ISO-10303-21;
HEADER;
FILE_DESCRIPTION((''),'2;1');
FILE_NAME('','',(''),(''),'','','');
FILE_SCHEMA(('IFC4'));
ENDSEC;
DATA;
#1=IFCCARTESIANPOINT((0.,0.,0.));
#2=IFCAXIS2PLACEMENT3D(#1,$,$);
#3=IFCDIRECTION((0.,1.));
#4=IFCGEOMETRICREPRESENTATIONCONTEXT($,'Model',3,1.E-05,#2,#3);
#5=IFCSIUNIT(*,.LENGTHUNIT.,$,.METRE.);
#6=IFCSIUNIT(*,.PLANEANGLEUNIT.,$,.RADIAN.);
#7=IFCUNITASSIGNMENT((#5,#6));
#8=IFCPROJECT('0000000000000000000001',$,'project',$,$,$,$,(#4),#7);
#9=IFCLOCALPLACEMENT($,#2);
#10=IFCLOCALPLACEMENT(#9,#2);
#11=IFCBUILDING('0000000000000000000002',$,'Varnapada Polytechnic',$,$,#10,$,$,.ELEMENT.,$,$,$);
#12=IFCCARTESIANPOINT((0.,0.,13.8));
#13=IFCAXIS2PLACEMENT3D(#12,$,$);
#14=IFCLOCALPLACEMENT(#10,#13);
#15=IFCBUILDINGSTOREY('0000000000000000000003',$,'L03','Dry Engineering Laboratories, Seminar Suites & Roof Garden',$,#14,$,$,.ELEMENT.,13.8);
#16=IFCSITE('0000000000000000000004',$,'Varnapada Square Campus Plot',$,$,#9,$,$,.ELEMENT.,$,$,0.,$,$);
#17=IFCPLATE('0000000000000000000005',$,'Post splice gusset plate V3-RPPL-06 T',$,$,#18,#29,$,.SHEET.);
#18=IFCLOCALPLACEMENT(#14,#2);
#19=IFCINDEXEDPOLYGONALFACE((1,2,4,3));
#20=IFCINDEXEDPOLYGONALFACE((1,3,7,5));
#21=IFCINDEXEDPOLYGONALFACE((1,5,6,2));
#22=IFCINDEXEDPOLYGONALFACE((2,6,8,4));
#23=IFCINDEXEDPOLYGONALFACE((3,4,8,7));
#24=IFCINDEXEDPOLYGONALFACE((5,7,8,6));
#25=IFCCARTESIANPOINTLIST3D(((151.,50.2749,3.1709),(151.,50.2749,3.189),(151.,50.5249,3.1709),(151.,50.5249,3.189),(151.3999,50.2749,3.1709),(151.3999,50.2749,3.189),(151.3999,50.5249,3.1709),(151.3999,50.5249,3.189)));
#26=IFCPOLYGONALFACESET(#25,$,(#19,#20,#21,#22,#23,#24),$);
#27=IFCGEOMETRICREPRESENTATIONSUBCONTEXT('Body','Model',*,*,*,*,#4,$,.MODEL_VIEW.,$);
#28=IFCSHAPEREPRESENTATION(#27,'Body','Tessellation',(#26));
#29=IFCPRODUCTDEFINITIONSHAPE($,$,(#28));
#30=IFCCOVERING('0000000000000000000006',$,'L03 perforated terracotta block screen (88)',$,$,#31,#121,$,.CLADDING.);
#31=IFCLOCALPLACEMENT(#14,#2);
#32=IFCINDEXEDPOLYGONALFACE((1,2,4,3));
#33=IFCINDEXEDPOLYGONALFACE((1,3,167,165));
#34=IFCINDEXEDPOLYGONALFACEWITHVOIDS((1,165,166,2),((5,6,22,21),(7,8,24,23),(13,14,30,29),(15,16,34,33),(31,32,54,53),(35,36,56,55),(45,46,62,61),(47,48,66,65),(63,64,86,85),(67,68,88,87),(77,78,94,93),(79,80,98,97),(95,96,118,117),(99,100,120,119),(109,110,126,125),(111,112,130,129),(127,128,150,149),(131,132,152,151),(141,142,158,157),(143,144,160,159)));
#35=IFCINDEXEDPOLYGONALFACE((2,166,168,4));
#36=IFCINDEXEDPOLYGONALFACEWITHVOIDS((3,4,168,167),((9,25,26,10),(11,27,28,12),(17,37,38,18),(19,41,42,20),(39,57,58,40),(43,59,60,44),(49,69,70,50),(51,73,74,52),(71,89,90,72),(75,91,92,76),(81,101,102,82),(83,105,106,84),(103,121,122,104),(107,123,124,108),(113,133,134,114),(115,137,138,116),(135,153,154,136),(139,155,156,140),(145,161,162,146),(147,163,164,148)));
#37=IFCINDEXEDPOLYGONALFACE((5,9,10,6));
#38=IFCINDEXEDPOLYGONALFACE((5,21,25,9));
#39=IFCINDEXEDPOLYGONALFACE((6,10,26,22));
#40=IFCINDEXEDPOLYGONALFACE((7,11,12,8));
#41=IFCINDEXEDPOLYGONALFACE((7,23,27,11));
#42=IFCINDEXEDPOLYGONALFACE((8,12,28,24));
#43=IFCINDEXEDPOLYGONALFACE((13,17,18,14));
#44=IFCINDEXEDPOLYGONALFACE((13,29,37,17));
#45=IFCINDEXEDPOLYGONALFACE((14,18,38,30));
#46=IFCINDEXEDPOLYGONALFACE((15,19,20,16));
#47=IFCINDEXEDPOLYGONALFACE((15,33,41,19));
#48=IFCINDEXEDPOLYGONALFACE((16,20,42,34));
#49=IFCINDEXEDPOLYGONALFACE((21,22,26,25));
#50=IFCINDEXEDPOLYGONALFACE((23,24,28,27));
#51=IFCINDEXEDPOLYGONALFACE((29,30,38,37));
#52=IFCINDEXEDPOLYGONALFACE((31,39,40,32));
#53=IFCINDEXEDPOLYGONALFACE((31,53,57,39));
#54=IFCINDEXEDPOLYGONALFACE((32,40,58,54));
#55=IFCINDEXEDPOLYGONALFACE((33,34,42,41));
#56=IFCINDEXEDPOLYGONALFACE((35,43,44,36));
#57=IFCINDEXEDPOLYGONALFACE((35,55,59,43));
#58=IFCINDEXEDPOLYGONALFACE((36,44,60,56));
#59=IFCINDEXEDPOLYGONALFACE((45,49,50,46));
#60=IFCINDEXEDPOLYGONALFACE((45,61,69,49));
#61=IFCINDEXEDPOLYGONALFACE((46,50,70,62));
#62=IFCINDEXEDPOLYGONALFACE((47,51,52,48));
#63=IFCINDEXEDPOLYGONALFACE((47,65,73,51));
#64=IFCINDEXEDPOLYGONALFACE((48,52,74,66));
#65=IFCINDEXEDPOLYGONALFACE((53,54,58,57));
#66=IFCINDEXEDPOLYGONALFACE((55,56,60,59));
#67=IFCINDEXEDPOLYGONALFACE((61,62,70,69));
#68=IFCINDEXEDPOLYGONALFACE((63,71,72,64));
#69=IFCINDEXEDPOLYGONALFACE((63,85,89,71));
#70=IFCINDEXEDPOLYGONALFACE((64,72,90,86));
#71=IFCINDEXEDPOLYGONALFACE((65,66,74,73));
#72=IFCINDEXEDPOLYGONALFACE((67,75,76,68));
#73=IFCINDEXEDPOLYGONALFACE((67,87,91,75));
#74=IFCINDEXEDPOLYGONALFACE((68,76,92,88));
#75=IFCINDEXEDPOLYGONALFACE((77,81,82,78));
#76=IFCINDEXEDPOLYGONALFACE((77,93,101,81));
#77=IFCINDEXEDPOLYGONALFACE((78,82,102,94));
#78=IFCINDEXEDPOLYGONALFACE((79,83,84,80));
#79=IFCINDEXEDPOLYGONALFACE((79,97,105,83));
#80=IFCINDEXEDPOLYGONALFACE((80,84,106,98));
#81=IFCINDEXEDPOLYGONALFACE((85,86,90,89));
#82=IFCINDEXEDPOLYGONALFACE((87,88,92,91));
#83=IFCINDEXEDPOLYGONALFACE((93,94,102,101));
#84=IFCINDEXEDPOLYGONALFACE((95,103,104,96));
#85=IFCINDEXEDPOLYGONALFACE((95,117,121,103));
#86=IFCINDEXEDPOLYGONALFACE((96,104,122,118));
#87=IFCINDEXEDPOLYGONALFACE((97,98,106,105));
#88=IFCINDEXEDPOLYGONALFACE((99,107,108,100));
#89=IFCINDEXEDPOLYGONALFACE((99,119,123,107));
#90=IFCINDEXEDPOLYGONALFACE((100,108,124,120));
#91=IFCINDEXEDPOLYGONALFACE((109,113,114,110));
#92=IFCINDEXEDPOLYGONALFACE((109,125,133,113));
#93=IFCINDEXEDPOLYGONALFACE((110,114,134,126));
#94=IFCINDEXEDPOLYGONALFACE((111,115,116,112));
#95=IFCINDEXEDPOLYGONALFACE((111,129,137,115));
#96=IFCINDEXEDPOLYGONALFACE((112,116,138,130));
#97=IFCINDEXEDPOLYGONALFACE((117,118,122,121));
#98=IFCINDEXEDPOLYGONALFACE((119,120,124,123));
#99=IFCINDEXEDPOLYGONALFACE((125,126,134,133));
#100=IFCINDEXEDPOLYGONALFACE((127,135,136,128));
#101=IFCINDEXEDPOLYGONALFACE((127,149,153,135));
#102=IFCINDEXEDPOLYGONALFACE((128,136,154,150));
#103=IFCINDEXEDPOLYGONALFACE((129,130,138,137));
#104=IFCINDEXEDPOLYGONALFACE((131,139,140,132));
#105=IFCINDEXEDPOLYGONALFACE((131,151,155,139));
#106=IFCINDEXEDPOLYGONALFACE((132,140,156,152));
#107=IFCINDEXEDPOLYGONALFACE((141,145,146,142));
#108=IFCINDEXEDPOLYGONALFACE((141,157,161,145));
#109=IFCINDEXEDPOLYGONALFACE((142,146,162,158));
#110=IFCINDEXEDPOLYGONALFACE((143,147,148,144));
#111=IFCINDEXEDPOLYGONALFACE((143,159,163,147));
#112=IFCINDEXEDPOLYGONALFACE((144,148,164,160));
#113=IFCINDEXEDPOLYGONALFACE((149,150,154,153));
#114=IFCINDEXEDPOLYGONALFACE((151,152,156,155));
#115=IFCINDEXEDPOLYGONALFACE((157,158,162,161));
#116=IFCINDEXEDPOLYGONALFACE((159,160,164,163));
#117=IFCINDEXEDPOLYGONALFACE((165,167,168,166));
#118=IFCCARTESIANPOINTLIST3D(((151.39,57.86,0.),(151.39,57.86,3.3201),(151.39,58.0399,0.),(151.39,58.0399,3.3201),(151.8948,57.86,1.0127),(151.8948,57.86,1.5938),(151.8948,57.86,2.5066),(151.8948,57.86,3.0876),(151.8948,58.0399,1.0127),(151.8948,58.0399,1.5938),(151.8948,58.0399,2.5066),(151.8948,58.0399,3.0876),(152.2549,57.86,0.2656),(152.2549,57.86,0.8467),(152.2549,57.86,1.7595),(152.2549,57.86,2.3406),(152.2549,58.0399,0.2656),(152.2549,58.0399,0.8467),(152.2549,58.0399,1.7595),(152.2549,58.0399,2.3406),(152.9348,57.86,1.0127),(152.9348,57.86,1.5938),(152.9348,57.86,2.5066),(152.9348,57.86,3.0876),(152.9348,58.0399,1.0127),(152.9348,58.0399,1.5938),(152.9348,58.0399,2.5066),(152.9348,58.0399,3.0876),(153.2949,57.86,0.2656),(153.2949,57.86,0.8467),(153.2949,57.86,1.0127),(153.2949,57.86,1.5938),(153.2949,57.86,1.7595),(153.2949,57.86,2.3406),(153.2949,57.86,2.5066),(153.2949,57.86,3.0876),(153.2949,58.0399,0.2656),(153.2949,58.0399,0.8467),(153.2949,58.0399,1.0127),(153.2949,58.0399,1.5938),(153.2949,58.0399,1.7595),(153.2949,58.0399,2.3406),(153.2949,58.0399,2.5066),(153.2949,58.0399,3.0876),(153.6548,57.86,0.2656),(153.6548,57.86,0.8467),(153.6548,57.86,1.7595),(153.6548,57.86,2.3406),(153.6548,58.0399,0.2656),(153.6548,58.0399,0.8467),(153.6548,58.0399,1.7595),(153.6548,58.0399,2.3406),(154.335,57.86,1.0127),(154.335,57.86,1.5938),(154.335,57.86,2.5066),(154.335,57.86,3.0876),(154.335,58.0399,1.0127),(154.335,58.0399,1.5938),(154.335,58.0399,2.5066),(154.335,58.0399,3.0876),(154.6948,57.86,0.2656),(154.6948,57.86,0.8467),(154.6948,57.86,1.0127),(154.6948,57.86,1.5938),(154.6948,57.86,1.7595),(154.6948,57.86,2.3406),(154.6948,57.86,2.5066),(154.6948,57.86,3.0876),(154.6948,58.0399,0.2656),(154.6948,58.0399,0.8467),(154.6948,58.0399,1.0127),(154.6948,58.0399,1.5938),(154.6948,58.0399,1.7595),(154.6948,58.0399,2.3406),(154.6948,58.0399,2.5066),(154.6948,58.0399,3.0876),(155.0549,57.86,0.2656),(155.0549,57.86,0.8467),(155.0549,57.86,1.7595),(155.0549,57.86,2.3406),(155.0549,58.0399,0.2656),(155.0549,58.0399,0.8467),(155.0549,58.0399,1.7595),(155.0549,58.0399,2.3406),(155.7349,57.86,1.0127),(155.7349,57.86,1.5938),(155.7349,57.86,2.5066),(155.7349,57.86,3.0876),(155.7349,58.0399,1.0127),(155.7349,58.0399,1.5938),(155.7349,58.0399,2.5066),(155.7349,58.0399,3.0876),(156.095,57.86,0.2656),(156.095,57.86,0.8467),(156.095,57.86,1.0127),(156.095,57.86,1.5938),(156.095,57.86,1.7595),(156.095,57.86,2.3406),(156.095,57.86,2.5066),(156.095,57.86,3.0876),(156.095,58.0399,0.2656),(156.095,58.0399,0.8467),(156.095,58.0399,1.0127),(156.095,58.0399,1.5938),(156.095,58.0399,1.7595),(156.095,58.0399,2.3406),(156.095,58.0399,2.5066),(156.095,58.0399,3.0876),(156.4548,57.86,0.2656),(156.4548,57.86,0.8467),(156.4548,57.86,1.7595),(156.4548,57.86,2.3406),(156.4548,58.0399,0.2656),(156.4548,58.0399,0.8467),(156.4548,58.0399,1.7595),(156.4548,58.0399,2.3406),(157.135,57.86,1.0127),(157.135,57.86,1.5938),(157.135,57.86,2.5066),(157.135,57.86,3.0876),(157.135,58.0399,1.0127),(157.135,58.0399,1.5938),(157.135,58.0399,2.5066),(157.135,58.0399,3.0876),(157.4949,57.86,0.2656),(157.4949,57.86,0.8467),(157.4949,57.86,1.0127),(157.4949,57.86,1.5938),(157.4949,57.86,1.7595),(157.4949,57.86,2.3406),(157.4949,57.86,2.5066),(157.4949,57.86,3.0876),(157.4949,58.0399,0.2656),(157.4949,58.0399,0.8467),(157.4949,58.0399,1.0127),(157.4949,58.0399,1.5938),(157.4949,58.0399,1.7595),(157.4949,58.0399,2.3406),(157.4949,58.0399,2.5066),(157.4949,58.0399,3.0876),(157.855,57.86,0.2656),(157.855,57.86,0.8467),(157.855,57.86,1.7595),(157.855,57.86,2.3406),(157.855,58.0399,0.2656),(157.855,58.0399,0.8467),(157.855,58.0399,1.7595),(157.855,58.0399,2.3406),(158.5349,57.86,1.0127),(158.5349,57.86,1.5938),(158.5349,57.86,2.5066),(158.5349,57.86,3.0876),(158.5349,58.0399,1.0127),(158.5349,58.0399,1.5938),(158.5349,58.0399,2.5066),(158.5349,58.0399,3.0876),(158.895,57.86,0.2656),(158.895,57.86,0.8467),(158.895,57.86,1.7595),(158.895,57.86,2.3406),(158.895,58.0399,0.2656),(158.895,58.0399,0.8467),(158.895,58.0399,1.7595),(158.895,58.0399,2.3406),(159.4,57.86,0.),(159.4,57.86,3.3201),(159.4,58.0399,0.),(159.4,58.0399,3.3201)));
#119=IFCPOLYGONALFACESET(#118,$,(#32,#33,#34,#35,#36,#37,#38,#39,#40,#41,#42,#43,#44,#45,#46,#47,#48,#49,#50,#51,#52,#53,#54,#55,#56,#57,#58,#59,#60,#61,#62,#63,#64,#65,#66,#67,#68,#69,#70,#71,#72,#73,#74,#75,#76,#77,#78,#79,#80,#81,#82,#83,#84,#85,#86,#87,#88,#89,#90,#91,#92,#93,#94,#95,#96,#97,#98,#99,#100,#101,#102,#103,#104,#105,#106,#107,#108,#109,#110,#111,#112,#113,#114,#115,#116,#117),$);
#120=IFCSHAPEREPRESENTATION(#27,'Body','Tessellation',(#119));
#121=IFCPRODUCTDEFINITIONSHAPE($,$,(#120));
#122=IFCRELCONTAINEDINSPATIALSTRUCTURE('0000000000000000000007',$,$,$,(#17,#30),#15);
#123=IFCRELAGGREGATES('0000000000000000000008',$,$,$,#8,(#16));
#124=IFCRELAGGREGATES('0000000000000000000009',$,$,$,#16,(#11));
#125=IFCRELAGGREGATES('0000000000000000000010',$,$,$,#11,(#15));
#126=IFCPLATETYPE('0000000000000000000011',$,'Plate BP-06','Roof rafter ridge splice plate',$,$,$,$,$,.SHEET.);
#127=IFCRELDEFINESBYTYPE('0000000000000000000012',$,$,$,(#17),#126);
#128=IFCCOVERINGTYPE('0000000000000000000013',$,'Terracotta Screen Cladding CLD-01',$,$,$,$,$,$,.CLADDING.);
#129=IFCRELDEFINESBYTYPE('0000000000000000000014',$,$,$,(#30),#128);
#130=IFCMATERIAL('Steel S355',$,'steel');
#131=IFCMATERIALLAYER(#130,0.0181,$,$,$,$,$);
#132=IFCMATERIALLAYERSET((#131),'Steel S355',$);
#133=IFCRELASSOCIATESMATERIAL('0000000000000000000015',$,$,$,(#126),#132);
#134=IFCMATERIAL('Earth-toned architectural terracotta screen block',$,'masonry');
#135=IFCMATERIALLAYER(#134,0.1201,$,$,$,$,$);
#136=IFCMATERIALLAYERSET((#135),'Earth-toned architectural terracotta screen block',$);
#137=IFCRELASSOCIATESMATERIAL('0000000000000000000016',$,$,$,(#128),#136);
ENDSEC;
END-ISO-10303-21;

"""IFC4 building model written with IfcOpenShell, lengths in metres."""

from ifc_helpers import new_model, si_unit, direction, frame, frame_2d, origin, origin_2d, place, context, subcontext, project, spatial, rectangle, extrude, material, layer, layer_set, type_object, element, save


model = new_model("IFC4")

# Units and contexts
model_context = context("Model", 3, precision=1e-05, world=origin(), true_north=direction((0.0, 1.0)))
body_context = subcontext(model_context, "Body", "Model", "MODEL_VIEW")
ifc_project = project(units=[si_unit("LENGTHUNIT", "METRE"), si_unit("PLANEANGLEUNIT", "RADIAN")], contexts=[model_context])

# Site, building, storey
site_placement = place(None, origin())
site = spatial("IfcSite", under=ifc_project, at=site_placement, Name="Varnapada Square Campus Plot", CompositionType="ELEMENT", RefElevation=0.0)
building_placement = place(site_placement, origin())
building = spatial("IfcBuilding", under=site, at=building_placement, Name="Varnapada Polytechnic", CompositionType="ELEMENT")
storey_placement = place(building_placement, frame((0.0, 0.0, 13.8)))
storey = spatial("IfcBuildingStorey", under=building, at=storey_placement, Name="L03", Description="Dry Engineering Laboratories, Seminar Suites & Roof Garden", CompositionType="ELEMENT", Elevation=13.8)

# Plate
ifc_material_1 = material(Name="Steel S355", Category="steel")
ifc_layer_1 = layer(ifc_material_1, 0.0181)
ifc_layer_set_1 = layer_set([ifc_layer_1], Name="Steel S355")
plate_type = type_object("IfcPlateType", Name="Plate BP-06", Description="Roof rafter ridge splice plate", PredefinedType="SHEET", material=ifc_layer_set_1)
plate_placement = place(storey_placement, frame((151.2, 50.3999, 3.1709), z_axis=(0.0, 0.0, 1.0), x_axis=(1.0, 0.0, 0.0)))
element("IfcPlate", 1, at=plate_placement, inside=storey, type_object=plate_type, Name="Post splice gusset plate V3-RPPL-06 T", PredefinedType="SHEET", context=body_context, shape_type="SweptSolid", body=[
    extrude(rectangle(XDim=0.3999, YDim=0.25, at=origin_2d()), origin(), (0.0, 0.0, 1.0), 0.0181),
])

# Covering, openings
ifc_material_2 = material(Name="Earth-toned architectural terracotta screen block", Category="masonry")
ifc_layer_2 = layer(ifc_material_2, 0.1201)
ifc_layer_set_2 = layer_set([ifc_layer_2], Name="Earth-toned architectural terracotta screen block")
covering_type = type_object("IfcCoveringType", Name="Terracotta Screen Cladding CLD-01", PredefinedType="CLADDING", material=ifc_layer_set_2)
covering_placement = place(storey_placement, frame((159.3999, 57.95, 0.0), z_axis=(0.0, 0.0, 1.0), x_axis=(-1.0, 0.0, 0.0)))
covering = element("IfcCovering", 2, at=covering_placement, inside=storey, type_object=covering_type, Name="L03 perforated terracotta block screen (88)", PredefinedType="CLADDING", context=body_context, shape_type="SweptSolid", body=[
    extrude(rectangle(XDim=8.01, YDim=0.1799, at=frame_2d((4.0049, 0.0))), origin(), (0.0, 0.0, 1.0), 3.3201),
])
opening_1_placement = place(covering_placement, frame((0.5049, 0.0, 0.2656)))
element("IfcOpeningElement", 3, at=opening_1_placement, cuts=covering, PredefinedType="OPENING", context=body_context, shape_type="SweptSolid", body=[
    extrude(rectangle(XDim=1.04, YDim=0.5811, at=frame_2d((0.52, 0.2905))), frame((0.0, 0.0999, 0.0), z_axis=(0.0, -1.0, 0.0), x_axis=(1.0, 0.0, 0.0)), (0.0, 0.0, 1.0), 0.2),
])
opening_2_placement = place(covering_placement, frame((1.905, 0.0, 0.2656)))
element("IfcOpeningElement", 4, at=opening_2_placement, cuts=covering, PredefinedType="OPENING", context=body_context, shape_type="SweptSolid", body=[
    extrude(rectangle(XDim=1.04, YDim=0.5811, at=frame_2d((0.52, 0.2905))), frame((0.0, 0.0999, 0.0), z_axis=(0.0, -1.0, 0.0), x_axis=(1.0, 0.0, 0.0)), (0.0, 0.0, 1.0), 0.2),
])
opening_3_placement = place(covering_placement, frame((3.3049, 0.0, 0.2656)))
element("IfcOpeningElement", 5, at=opening_3_placement, cuts=covering, PredefinedType="OPENING", context=body_context, shape_type="SweptSolid", body=[
    extrude(rectangle(XDim=1.04, YDim=0.5811, at=frame_2d((0.52, 0.2905))), frame((0.0, 0.0999, 0.0), z_axis=(0.0, -1.0, 0.0), x_axis=(1.0, 0.0, 0.0)), (0.0, 0.0, 1.0), 0.2),
])
opening_4_placement = place(covering_placement, frame((4.7051, 0.0, 0.2656)))
element("IfcOpeningElement", 6, at=opening_4_placement, cuts=covering, PredefinedType="OPENING", context=body_context, shape_type="SweptSolid", body=[
    extrude(rectangle(XDim=1.04, YDim=0.5811, at=frame_2d((0.52, 0.2905))), frame((0.0, 0.0999, 0.0), z_axis=(0.0, -1.0, 0.0), x_axis=(1.0, 0.0, 0.0)), (0.0, 0.0, 1.0), 0.2),
])
opening_5_placement = place(covering_placement, frame((6.105, 0.0, 0.2656)))
element("IfcOpeningElement", 7, at=opening_5_placement, cuts=covering, PredefinedType="OPENING", context=body_context, shape_type="SweptSolid", body=[
    extrude(rectangle(XDim=1.04, YDim=0.5811, at=frame_2d((0.52, 0.2905))), frame((0.0, 0.0999, 0.0), z_axis=(0.0, -1.0, 0.0), x_axis=(1.0, 0.0, 0.0)), (0.0, 0.0, 1.0), 0.2),
])
opening_6_placement = place(covering_placement, frame((0.865, 0.0, 1.0127)))
element("IfcOpeningElement", 8, at=opening_6_placement, cuts=covering, PredefinedType="OPENING", context=body_context, shape_type="SweptSolid", body=[
    extrude(rectangle(XDim=1.04, YDim=0.5811, at=frame_2d((0.52, 0.2905))), frame((0.0, 0.0999, 0.0), z_axis=(0.0, -1.0, 0.0), x_axis=(1.0, 0.0, 0.0)), (0.0, 0.0, 1.0), 0.2),
])
opening_7_placement = place(covering_placement, frame((2.2649, 0.0, 1.0127)))
element("IfcOpeningElement", 9, at=opening_7_placement, cuts=covering, PredefinedType="OPENING", context=body_context, shape_type="SweptSolid", body=[
    extrude(rectangle(XDim=1.04, YDim=0.5811, at=frame_2d((0.52, 0.2905))), frame((0.0, 0.0999, 0.0), z_axis=(0.0, -1.0, 0.0), x_axis=(1.0, 0.0, 0.0)), (0.0, 0.0, 1.0), 0.2),
])
opening_8_placement = place(covering_placement, frame((3.665, 0.0, 1.0127)))
element("IfcOpeningElement", 10, at=opening_8_placement, cuts=covering, PredefinedType="OPENING", context=body_context, shape_type="SweptSolid", body=[
    extrude(rectangle(XDim=1.04, YDim=0.5811, at=frame_2d((0.52, 0.2905))), frame((0.0, 0.0999, 0.0), z_axis=(0.0, -1.0, 0.0), x_axis=(1.0, 0.0, 0.0)), (0.0, 0.0, 1.0), 0.2),
])
opening_9_placement = place(covering_placement, frame((5.0649, 0.0, 1.0127)))
element("IfcOpeningElement", 11, at=opening_9_placement, cuts=covering, PredefinedType="OPENING", context=body_context, shape_type="SweptSolid", body=[
    extrude(rectangle(XDim=1.04, YDim=0.5811, at=frame_2d((0.52, 0.2905))), frame((0.0, 0.0999, 0.0), z_axis=(0.0, -1.0, 0.0), x_axis=(1.0, 0.0, 0.0)), (0.0, 0.0, 1.0), 0.2),
])
opening_10_placement = place(covering_placement, frame((6.4651, 0.0, 1.0127)))
element("IfcOpeningElement", 12, at=opening_10_placement, cuts=covering, PredefinedType="OPENING", context=body_context, shape_type="SweptSolid", body=[
    extrude(rectangle(XDim=1.04, YDim=0.5811, at=frame_2d((0.52, 0.2905))), frame((0.0, 0.0999, 0.0), z_axis=(0.0, -1.0, 0.0), x_axis=(1.0, 0.0, 0.0)), (0.0, 0.0, 1.0), 0.2),
])
opening_11_placement = place(covering_placement, frame((0.5049, 0.0, 1.7595)))
element("IfcOpeningElement", 13, at=opening_11_placement, cuts=covering, PredefinedType="OPENING", context=body_context, shape_type="SweptSolid", body=[
    extrude(rectangle(XDim=1.04, YDim=0.5811, at=frame_2d((0.52, 0.2905))), frame((0.0, 0.0999, 0.0), z_axis=(0.0, -1.0, 0.0), x_axis=(1.0, 0.0, 0.0)), (0.0, 0.0, 1.0), 0.2),
])
opening_12_placement = place(covering_placement, frame((1.905, 0.0, 1.7595)))
element("IfcOpeningElement", 14, at=opening_12_placement, cuts=covering, PredefinedType="OPENING", context=body_context, shape_type="SweptSolid", body=[
    extrude(rectangle(XDim=1.04, YDim=0.5811, at=frame_2d((0.52, 0.2905))), frame((0.0, 0.0999, 0.0), z_axis=(0.0, -1.0, 0.0), x_axis=(1.0, 0.0, 0.0)), (0.0, 0.0, 1.0), 0.2),
])
opening_13_placement = place(covering_placement, frame((3.3049, 0.0, 1.7595)))
element("IfcOpeningElement", 15, at=opening_13_placement, cuts=covering, PredefinedType="OPENING", context=body_context, shape_type="SweptSolid", body=[
    extrude(rectangle(XDim=1.04, YDim=0.5811, at=frame_2d((0.52, 0.2905))), frame((0.0, 0.0999, 0.0), z_axis=(0.0, -1.0, 0.0), x_axis=(1.0, 0.0, 0.0)), (0.0, 0.0, 1.0), 0.2),
])
opening_14_placement = place(covering_placement, frame((4.7051, 0.0, 1.7595)))
element("IfcOpeningElement", 16, at=opening_14_placement, cuts=covering, PredefinedType="OPENING", context=body_context, shape_type="SweptSolid", body=[
    extrude(rectangle(XDim=1.04, YDim=0.5811, at=frame_2d((0.52, 0.2905))), frame((0.0, 0.0999, 0.0), z_axis=(0.0, -1.0, 0.0), x_axis=(1.0, 0.0, 0.0)), (0.0, 0.0, 1.0), 0.2),
])
opening_15_placement = place(covering_placement, frame((6.105, 0.0, 1.7595)))
element("IfcOpeningElement", 17, at=opening_15_placement, cuts=covering, PredefinedType="OPENING", context=body_context, shape_type="SweptSolid", body=[
    extrude(rectangle(XDim=1.04, YDim=0.5811, at=frame_2d((0.52, 0.2905))), frame((0.0, 0.0999, 0.0), z_axis=(0.0, -1.0, 0.0), x_axis=(1.0, 0.0, 0.0)), (0.0, 0.0, 1.0), 0.2),
])
opening_16_placement = place(covering_placement, frame((0.865, 0.0, 2.5066)))
element("IfcOpeningElement", 18, at=opening_16_placement, cuts=covering, PredefinedType="OPENING", context=body_context, shape_type="SweptSolid", body=[
    extrude(rectangle(XDim=1.04, YDim=0.5811, at=frame_2d((0.52, 0.2905))), frame((0.0, 0.0999, 0.0), z_axis=(0.0, -1.0, 0.0), x_axis=(1.0, 0.0, 0.0)), (0.0, 0.0, 1.0), 0.2),
])
opening_17_placement = place(covering_placement, frame((2.2649, 0.0, 2.5066)))
element("IfcOpeningElement", 19, at=opening_17_placement, cuts=covering, PredefinedType="OPENING", context=body_context, shape_type="SweptSolid", body=[
    extrude(rectangle(XDim=1.04, YDim=0.5811, at=frame_2d((0.52, 0.2905))), frame((0.0, 0.0999, 0.0), z_axis=(0.0, -1.0, 0.0), x_axis=(1.0, 0.0, 0.0)), (0.0, 0.0, 1.0), 0.2),
])
opening_18_placement = place(covering_placement, frame((3.665, 0.0, 2.5066)))
element("IfcOpeningElement", 20, at=opening_18_placement, cuts=covering, PredefinedType="OPENING", context=body_context, shape_type="SweptSolid", body=[
    extrude(rectangle(XDim=1.04, YDim=0.5811, at=frame_2d((0.52, 0.2905))), frame((0.0, 0.0999, 0.0), z_axis=(0.0, -1.0, 0.0), x_axis=(1.0, 0.0, 0.0)), (0.0, 0.0, 1.0), 0.2),
])
opening_19_placement = place(covering_placement, frame((5.0649, 0.0, 2.5066)))
element("IfcOpeningElement", 21, at=opening_19_placement, cuts=covering, PredefinedType="OPENING", context=body_context, shape_type="SweptSolid", body=[
    extrude(rectangle(XDim=1.04, YDim=0.5811, at=frame_2d((0.52, 0.2905))), frame((0.0, 0.0999, 0.0), z_axis=(0.0, -1.0, 0.0), x_axis=(1.0, 0.0, 0.0)), (0.0, 0.0, 1.0), 0.2),
])
opening_20_placement = place(covering_placement, frame((6.4651, 0.0, 2.5066)))
element("IfcOpeningElement", 22, at=opening_20_placement, cuts=covering, PredefinedType="OPENING", context=body_context, shape_type="SweptSolid", body=[
    extrude(rectangle(XDim=1.04, YDim=0.5811, at=frame_2d((0.52, 0.2905))), frame((0.0, 0.0999, 0.0), z_axis=(0.0, -1.0, 0.0), x_axis=(1.0, 0.0, 0.0)), (0.0, 0.0, 1.0), 0.2),
])

save(model, "model.ifc")
